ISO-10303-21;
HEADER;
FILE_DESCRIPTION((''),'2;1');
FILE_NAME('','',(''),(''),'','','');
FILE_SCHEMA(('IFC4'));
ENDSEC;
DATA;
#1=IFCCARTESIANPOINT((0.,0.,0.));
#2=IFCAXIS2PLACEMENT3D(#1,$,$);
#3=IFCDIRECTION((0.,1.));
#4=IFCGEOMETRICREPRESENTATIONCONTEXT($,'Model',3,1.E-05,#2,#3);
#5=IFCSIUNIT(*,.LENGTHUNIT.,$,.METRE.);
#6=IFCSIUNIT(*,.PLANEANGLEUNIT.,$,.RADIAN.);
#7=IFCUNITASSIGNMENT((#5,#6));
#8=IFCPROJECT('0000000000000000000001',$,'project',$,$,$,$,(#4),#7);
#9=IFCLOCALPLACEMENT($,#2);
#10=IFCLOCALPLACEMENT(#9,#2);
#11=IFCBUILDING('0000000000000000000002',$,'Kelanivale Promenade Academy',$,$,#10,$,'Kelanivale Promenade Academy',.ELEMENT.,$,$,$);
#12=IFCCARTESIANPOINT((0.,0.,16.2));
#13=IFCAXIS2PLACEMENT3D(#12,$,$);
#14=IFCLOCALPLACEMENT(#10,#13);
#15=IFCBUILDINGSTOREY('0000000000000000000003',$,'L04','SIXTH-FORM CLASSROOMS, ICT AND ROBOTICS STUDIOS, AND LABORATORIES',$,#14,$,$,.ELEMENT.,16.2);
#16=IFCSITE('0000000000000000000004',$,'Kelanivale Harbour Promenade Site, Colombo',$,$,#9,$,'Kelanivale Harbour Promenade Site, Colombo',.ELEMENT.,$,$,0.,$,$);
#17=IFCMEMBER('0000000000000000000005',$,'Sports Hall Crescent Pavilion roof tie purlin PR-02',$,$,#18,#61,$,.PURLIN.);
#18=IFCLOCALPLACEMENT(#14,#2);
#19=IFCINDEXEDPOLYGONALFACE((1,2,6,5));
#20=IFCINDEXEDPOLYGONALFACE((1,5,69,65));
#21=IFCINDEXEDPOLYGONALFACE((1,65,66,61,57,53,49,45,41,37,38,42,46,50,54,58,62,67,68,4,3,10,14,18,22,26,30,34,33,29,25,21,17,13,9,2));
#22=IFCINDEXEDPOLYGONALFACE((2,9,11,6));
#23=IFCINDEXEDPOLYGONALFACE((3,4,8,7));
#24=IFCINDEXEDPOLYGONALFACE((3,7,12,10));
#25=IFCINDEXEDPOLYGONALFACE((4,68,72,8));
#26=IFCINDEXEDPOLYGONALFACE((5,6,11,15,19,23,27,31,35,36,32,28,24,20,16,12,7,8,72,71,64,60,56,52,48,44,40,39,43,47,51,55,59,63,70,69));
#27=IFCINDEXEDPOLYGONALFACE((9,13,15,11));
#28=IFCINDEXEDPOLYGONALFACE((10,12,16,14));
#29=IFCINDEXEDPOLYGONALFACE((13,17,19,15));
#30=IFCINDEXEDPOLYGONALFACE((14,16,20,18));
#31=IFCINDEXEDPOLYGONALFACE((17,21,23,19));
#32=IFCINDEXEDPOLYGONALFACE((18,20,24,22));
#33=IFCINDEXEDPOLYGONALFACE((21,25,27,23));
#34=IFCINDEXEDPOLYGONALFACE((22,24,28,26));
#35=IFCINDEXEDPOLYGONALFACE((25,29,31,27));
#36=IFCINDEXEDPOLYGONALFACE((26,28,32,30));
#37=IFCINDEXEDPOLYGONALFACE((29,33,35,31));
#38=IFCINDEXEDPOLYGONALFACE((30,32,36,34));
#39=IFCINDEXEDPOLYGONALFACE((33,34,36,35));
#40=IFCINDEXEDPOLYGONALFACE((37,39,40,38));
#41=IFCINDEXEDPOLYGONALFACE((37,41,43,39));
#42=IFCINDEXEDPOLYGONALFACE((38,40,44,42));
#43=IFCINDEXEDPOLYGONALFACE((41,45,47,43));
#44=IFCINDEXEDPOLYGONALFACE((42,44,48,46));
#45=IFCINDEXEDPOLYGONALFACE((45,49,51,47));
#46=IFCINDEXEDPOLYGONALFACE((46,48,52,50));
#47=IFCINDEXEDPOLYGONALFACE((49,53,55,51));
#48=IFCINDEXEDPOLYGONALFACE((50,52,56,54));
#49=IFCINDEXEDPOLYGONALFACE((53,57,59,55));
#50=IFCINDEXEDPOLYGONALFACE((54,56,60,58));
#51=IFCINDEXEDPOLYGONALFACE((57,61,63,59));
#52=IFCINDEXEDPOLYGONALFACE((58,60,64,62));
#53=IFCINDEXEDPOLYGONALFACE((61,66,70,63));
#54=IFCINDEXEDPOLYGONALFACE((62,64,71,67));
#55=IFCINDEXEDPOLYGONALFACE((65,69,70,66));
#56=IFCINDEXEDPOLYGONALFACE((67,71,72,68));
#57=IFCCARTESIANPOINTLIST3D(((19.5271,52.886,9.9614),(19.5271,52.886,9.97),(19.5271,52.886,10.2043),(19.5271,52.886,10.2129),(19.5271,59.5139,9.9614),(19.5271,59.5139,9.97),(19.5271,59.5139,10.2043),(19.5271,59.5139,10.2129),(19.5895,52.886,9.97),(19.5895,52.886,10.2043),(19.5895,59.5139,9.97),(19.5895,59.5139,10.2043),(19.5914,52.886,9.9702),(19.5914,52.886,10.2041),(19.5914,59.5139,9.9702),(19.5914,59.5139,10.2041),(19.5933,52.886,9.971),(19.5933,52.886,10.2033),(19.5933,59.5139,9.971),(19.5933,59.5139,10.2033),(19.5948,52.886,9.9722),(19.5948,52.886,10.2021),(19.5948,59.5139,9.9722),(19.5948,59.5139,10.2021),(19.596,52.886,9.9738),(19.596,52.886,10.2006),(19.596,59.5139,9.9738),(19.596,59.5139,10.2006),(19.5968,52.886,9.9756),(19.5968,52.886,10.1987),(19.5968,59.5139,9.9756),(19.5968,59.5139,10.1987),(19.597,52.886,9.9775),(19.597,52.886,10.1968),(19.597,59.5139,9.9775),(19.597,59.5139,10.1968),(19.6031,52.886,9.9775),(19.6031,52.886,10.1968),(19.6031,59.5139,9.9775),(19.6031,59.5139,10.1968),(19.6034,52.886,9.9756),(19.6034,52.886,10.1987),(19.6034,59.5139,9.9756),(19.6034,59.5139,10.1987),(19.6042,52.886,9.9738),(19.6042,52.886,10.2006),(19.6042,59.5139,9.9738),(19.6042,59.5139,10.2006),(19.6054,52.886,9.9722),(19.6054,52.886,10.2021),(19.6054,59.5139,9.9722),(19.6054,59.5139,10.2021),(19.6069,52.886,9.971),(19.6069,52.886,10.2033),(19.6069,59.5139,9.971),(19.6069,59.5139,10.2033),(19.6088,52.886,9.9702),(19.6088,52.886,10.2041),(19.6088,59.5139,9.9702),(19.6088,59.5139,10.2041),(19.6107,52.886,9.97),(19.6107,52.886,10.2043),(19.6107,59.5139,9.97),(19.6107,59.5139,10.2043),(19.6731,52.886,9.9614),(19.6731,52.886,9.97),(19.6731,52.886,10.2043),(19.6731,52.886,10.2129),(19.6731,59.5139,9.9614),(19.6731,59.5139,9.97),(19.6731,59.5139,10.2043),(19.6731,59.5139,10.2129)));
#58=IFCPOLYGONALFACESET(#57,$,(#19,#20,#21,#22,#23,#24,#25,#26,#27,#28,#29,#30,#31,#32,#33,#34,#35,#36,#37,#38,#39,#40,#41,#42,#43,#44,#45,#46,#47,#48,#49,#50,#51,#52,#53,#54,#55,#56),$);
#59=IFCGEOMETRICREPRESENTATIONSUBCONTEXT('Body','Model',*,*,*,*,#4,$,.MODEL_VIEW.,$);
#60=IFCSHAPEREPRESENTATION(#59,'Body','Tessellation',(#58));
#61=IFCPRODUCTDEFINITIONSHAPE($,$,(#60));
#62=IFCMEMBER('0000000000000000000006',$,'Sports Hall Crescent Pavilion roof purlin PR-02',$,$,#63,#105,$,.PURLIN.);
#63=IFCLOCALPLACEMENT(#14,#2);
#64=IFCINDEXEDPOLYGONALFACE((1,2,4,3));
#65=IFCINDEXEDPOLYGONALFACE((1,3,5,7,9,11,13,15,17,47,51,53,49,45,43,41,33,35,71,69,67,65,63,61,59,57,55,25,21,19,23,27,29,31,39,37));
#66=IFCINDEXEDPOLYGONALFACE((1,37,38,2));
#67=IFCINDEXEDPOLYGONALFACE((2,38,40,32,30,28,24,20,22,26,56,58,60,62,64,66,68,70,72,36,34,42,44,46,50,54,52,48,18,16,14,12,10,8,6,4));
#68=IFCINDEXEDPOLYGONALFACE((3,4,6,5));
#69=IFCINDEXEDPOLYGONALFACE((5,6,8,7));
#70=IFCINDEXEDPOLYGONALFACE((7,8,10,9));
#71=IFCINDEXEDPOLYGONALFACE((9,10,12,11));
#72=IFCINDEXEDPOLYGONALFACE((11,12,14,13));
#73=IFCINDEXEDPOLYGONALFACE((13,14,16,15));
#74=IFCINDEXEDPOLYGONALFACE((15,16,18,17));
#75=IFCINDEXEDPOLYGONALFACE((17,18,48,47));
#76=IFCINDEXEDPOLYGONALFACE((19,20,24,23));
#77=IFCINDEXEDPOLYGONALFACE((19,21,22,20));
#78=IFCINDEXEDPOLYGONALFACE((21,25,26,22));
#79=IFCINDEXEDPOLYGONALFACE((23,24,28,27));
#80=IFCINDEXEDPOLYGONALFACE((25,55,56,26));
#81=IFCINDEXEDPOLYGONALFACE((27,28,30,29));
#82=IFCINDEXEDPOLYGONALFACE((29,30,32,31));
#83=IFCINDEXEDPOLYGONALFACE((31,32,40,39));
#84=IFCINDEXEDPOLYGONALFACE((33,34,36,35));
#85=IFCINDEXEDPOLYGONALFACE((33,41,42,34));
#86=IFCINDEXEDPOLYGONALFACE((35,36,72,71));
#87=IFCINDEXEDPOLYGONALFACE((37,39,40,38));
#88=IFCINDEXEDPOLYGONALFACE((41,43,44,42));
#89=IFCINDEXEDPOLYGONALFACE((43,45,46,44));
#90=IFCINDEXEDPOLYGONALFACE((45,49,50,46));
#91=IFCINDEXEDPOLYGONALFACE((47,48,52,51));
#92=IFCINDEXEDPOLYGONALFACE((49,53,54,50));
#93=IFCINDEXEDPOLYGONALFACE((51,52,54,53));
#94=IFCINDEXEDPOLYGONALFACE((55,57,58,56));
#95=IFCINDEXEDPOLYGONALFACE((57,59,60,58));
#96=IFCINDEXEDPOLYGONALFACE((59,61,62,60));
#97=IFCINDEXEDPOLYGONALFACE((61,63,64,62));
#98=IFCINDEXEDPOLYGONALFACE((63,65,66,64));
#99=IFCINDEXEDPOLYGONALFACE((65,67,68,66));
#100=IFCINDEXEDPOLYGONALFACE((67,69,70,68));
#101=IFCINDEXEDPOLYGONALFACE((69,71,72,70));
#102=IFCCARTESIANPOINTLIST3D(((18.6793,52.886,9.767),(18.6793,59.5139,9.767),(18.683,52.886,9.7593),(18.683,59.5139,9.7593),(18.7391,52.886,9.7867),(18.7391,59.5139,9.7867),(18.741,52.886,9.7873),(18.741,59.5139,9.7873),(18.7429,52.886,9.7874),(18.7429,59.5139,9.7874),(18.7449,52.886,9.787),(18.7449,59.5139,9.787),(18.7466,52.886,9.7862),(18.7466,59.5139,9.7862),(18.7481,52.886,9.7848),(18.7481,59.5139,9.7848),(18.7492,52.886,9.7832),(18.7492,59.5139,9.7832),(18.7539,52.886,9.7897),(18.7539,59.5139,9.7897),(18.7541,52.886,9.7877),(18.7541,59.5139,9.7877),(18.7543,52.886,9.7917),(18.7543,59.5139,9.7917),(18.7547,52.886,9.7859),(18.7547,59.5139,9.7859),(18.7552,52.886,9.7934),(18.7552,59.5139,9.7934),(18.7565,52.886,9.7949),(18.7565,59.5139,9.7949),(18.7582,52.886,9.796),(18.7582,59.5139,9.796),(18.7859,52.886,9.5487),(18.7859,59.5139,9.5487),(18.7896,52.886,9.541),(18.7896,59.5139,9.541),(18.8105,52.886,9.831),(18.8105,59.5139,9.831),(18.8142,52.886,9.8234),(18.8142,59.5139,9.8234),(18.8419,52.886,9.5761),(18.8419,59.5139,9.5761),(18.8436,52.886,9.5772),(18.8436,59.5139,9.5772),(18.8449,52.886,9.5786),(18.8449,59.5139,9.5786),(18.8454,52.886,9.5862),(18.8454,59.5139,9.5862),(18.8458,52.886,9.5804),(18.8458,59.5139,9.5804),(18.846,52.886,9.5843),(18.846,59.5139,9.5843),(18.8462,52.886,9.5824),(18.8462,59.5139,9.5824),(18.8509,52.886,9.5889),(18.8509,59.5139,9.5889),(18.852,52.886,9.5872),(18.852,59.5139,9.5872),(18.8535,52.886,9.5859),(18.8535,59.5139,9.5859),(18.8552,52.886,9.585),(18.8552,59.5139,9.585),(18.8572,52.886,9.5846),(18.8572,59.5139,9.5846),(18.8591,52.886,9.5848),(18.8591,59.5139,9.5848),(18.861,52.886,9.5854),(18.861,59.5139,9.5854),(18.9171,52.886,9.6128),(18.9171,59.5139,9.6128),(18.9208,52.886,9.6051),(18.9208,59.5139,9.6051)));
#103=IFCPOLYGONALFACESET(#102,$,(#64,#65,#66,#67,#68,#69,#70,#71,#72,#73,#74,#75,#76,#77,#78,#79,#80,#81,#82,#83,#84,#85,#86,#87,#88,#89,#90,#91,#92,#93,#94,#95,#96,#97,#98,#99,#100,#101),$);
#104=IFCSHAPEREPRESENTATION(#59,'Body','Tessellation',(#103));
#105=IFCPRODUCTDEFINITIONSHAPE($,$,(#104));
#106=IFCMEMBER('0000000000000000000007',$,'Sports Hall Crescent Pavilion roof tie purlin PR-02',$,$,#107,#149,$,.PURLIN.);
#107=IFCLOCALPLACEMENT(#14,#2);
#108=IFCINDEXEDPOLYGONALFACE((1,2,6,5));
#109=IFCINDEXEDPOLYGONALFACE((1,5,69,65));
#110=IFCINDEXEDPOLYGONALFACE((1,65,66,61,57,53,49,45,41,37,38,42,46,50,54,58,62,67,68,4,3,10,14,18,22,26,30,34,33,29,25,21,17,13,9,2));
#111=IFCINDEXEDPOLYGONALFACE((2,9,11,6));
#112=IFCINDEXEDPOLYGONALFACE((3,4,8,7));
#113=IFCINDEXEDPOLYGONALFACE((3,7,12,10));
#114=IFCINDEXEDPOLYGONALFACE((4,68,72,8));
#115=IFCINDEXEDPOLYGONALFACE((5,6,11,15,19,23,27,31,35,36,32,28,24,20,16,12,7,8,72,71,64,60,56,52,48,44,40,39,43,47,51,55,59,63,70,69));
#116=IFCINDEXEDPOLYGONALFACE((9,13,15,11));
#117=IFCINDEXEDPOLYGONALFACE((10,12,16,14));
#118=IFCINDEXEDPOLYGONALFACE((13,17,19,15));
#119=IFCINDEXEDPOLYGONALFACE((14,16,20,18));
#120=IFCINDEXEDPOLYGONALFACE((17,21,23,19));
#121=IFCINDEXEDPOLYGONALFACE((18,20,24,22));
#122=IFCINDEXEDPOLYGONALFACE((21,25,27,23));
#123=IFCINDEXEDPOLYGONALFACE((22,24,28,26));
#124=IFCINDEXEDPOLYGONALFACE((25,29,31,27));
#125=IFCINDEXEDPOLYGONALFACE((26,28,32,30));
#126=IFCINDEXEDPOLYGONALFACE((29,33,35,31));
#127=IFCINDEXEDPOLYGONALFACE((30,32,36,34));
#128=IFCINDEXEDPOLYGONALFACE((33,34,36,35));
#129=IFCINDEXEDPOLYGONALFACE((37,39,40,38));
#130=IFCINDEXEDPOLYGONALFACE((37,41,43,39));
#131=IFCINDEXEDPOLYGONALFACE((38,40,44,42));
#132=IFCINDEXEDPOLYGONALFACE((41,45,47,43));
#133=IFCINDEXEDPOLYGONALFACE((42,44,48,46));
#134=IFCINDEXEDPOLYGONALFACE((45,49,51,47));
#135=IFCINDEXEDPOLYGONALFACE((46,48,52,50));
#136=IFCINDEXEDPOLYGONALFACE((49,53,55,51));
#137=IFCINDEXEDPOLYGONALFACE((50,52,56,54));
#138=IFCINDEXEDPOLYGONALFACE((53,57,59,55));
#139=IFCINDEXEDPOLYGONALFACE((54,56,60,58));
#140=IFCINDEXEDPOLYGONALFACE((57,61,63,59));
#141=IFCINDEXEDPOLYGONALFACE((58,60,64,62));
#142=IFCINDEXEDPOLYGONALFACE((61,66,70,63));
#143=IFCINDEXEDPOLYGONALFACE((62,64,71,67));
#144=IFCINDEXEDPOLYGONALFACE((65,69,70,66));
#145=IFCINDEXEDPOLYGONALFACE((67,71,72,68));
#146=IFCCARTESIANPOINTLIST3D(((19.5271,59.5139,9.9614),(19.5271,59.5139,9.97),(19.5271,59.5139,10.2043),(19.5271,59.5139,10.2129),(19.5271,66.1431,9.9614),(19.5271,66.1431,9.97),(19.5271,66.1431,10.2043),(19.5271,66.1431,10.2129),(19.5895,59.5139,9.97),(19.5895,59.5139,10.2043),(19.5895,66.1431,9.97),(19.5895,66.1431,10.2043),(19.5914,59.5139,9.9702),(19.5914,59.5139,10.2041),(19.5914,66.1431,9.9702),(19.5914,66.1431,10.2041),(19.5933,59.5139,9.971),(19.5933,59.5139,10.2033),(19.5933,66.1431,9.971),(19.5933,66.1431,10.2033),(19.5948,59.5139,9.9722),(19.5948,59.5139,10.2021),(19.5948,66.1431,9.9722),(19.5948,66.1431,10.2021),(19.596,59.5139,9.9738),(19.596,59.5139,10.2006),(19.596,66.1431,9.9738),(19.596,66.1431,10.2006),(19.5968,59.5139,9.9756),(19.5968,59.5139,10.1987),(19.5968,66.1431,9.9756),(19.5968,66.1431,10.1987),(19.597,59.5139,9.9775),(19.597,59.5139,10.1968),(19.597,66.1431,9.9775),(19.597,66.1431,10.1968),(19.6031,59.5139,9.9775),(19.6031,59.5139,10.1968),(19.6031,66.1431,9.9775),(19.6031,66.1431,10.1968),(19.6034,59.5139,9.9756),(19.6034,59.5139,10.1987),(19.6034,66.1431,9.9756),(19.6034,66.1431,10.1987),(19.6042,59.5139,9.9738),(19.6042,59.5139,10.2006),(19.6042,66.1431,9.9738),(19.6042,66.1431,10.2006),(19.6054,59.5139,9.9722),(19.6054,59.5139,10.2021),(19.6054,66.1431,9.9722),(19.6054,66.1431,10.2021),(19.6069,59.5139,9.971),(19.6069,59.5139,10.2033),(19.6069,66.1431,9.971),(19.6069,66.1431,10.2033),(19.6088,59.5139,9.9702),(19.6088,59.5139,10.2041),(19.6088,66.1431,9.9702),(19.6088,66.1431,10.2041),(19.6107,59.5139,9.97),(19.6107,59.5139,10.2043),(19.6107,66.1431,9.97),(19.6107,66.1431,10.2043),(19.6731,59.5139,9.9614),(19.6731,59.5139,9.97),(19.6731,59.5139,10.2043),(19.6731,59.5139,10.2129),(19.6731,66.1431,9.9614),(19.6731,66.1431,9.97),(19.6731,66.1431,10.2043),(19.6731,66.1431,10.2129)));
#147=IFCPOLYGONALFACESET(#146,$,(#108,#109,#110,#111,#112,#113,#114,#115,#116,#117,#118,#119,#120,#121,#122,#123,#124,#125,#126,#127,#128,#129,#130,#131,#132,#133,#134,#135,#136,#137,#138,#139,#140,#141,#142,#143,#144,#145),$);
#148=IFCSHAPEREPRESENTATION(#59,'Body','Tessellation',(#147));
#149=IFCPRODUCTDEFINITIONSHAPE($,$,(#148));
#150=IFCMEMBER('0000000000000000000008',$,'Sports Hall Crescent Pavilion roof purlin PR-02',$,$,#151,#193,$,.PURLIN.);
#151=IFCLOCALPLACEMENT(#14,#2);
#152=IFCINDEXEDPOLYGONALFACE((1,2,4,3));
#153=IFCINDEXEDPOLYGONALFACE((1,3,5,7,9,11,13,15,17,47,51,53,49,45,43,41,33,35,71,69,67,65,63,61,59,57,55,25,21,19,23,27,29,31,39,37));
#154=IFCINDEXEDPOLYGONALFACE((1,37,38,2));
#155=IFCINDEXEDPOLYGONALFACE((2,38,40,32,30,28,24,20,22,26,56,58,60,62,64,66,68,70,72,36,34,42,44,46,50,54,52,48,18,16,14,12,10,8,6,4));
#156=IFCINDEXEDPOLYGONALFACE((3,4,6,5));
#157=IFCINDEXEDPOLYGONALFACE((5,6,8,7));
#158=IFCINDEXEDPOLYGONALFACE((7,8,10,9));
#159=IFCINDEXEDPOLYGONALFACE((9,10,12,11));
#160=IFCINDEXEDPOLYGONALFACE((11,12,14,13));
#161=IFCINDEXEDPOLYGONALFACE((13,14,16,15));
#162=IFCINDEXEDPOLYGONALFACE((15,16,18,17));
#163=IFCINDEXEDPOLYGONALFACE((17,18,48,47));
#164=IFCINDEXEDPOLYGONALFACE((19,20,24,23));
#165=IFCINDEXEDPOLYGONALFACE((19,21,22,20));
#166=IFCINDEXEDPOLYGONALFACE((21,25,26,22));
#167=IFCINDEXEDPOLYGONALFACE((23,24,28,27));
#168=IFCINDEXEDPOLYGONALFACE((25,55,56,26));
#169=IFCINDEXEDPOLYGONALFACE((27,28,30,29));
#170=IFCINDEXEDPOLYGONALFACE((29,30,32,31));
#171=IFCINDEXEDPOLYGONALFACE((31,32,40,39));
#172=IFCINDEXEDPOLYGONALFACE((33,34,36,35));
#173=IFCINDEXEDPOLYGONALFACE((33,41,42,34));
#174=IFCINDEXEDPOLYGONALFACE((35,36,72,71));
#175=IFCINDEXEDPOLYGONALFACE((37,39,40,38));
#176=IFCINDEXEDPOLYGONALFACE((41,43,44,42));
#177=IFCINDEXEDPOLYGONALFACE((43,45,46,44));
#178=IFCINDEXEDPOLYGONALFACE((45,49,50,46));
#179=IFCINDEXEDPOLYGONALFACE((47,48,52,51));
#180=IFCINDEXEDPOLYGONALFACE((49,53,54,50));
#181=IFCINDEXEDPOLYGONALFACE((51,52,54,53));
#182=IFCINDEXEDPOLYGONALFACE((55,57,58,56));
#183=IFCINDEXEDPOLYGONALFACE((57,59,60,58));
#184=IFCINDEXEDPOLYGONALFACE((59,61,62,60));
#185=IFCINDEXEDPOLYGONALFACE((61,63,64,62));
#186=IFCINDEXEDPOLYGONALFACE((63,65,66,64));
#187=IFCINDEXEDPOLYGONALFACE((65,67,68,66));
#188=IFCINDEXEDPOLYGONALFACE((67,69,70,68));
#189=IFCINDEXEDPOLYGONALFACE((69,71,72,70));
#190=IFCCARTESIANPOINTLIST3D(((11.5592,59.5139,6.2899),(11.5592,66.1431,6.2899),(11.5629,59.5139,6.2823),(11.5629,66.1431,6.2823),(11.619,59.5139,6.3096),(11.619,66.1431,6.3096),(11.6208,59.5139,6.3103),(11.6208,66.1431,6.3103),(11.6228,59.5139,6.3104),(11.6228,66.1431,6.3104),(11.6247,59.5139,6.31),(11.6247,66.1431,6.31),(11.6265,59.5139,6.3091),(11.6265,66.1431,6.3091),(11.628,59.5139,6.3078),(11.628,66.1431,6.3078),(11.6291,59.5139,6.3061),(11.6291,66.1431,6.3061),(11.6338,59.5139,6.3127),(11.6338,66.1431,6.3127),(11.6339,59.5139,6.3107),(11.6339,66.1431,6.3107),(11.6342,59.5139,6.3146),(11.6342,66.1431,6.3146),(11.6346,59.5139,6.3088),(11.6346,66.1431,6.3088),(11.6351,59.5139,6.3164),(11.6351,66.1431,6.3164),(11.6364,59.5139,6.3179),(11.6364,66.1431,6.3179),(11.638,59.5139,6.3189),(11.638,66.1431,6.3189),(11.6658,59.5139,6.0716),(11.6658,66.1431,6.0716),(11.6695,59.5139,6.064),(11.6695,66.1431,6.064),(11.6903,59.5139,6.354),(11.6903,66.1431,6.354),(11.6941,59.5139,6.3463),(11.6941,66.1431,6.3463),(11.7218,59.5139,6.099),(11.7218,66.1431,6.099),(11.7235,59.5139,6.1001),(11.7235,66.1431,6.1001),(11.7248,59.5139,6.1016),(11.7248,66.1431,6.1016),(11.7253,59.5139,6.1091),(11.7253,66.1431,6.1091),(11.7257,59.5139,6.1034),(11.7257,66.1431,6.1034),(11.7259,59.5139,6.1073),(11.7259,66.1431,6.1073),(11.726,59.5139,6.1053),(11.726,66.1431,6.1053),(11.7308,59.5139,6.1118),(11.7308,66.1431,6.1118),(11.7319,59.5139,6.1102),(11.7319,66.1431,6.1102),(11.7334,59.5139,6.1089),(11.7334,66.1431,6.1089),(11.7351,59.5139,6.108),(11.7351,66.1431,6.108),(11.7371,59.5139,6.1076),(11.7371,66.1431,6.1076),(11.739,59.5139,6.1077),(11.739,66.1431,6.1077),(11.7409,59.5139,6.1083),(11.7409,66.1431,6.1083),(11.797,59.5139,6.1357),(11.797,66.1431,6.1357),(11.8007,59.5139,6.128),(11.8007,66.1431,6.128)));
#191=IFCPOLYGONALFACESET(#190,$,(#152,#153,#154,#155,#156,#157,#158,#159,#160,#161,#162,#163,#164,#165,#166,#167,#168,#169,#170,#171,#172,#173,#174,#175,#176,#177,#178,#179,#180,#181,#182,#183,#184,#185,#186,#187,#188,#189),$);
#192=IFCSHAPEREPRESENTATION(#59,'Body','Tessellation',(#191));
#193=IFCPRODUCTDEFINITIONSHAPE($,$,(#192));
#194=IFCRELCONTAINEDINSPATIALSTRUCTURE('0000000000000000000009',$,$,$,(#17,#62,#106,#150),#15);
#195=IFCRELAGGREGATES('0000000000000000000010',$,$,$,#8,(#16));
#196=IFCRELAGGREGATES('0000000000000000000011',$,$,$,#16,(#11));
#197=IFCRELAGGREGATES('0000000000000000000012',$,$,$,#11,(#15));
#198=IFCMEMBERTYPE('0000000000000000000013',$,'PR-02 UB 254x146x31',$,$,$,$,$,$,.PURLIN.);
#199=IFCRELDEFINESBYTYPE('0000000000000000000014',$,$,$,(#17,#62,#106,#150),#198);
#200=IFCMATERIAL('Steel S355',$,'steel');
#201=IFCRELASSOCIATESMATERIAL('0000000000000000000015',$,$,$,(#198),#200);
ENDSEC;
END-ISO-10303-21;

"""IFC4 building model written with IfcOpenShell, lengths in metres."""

from ifc_helpers import new_model, si_unit, direction, frame, origin, origin_2d, place, context, subcontext, project, spatial, i_section, extrude, material, material_profile, profile_set, type_object, element, save


model = new_model("IFC4")

# Units and contexts
model_context = context("Model", 3, precision=1e-05, world=origin(), true_north=direction((0.0, 1.0)))
body_context = subcontext(model_context, "Body", "Model", "MODEL_VIEW")
ifc_project = project(units=[si_unit("LENGTHUNIT", "METRE"), si_unit("PLANEANGLEUNIT", "RADIAN")], contexts=[model_context])

# Site, building, storey
site_placement = place(None, origin())
site = spatial("IfcSite", under=ifc_project, at=site_placement, Name="Kelanivale Harbour Promenade Site, Colombo", LongName="Kelanivale Harbour Promenade Site, Colombo", CompositionType="ELEMENT", RefElevation=0.0)
building_placement = place(site_placement, origin())
building = spatial("IfcBuilding", under=site, at=building_placement, Name="Kelanivale Promenade Academy", LongName="Kelanivale Promenade Academy", CompositionType="ELEMENT")
storey_placement = place(building_placement, frame((0.0, 0.0, 16.2)))
storey = spatial("IfcBuildingStorey", under=building, at=storey_placement, Name="L04", Description="SIXTH-FORM CLASSROOMS, ICT AND ROBOTICS STUDIOS, AND LABORATORIES", CompositionType="ELEMENT", Elevation=16.2)

# Members
ifc_material_1 = material(Name="Steel S355", Category="steel")
ifc_material_profile_1 = material_profile(ifc_material_1, i_section(OverallWidth=0.146, OverallDepth=0.2515, WebThickness=0.0061, FlangeThickness=0.0085, FilletRadius=0.0076, at=origin_2d()), Name="UB 254x146x31")
ifc_profile_set_1 = profile_set([ifc_material_profile_1], Name="Steel S355")
member_type_1 = type_object("IfcMemberType", Name="PR-02 UB 254x146x31", PredefinedType="PURLIN", material=ifc_profile_set_1)
for number, where, z_axis, x_axis, name in (
    (1, (19.6001, 52.886, 10.0872), (0.0, 1.0, 0.0), (-1.0, 0.0, 0.0), "Sports Hall Crescent Pavilion roof tie purlin PR-02"),
    (2, (18.8, 52.886, 9.686), (0.0, 1.0, 0.0), (-0.898564, 0.0, -0.438842), "Sports Hall Crescent Pavilion roof purlin PR-02"),
):
    element("IfcMember", number, at=place(storey_placement, frame(where, z_axis=z_axis, x_axis=x_axis)), inside=storey, type_object=member_type_1, Name=name, PredefinedType="PURLIN", context=body_context, shape_type="SweptSolid", body=[
        extrude(i_section(OverallWidth=0.146, OverallDepth=0.2515, WebThickness=0.0061, FlangeThickness=0.0085, FilletRadius=0.0076, at=origin_2d()), origin(), (0.0, 0.0, 1.0), 6.6279),
    ])
for number, where, z_axis, x_axis, name in (
    (3, (19.6001, 59.5139, 10.0872), (0.0, 1.0, 0.0), (-1.0, 0.0, 0.0), "Sports Hall Crescent Pavilion roof tie purlin PR-02"),
    (4, (11.6799, 59.5139, 6.209), (0.0, 1.0, 0.0), (-0.898564, 0.0, -0.438842), "Sports Hall Crescent Pavilion roof purlin PR-02"),
):
    element("IfcMember", number, at=place(storey_placement, frame(where, z_axis=z_axis, x_axis=x_axis)), inside=storey, type_object=member_type_1, Name=name, PredefinedType="PURLIN", context=body_context, shape_type="SweptSolid", body=[
        extrude(i_section(OverallWidth=0.146, OverallDepth=0.2515, WebThickness=0.0061, FlangeThickness=0.0085, FilletRadius=0.0076, at=origin_2d()), origin(), (0.0, 0.0, 1.0), 6.6292),
    ])

save(model, "model.ifc")
